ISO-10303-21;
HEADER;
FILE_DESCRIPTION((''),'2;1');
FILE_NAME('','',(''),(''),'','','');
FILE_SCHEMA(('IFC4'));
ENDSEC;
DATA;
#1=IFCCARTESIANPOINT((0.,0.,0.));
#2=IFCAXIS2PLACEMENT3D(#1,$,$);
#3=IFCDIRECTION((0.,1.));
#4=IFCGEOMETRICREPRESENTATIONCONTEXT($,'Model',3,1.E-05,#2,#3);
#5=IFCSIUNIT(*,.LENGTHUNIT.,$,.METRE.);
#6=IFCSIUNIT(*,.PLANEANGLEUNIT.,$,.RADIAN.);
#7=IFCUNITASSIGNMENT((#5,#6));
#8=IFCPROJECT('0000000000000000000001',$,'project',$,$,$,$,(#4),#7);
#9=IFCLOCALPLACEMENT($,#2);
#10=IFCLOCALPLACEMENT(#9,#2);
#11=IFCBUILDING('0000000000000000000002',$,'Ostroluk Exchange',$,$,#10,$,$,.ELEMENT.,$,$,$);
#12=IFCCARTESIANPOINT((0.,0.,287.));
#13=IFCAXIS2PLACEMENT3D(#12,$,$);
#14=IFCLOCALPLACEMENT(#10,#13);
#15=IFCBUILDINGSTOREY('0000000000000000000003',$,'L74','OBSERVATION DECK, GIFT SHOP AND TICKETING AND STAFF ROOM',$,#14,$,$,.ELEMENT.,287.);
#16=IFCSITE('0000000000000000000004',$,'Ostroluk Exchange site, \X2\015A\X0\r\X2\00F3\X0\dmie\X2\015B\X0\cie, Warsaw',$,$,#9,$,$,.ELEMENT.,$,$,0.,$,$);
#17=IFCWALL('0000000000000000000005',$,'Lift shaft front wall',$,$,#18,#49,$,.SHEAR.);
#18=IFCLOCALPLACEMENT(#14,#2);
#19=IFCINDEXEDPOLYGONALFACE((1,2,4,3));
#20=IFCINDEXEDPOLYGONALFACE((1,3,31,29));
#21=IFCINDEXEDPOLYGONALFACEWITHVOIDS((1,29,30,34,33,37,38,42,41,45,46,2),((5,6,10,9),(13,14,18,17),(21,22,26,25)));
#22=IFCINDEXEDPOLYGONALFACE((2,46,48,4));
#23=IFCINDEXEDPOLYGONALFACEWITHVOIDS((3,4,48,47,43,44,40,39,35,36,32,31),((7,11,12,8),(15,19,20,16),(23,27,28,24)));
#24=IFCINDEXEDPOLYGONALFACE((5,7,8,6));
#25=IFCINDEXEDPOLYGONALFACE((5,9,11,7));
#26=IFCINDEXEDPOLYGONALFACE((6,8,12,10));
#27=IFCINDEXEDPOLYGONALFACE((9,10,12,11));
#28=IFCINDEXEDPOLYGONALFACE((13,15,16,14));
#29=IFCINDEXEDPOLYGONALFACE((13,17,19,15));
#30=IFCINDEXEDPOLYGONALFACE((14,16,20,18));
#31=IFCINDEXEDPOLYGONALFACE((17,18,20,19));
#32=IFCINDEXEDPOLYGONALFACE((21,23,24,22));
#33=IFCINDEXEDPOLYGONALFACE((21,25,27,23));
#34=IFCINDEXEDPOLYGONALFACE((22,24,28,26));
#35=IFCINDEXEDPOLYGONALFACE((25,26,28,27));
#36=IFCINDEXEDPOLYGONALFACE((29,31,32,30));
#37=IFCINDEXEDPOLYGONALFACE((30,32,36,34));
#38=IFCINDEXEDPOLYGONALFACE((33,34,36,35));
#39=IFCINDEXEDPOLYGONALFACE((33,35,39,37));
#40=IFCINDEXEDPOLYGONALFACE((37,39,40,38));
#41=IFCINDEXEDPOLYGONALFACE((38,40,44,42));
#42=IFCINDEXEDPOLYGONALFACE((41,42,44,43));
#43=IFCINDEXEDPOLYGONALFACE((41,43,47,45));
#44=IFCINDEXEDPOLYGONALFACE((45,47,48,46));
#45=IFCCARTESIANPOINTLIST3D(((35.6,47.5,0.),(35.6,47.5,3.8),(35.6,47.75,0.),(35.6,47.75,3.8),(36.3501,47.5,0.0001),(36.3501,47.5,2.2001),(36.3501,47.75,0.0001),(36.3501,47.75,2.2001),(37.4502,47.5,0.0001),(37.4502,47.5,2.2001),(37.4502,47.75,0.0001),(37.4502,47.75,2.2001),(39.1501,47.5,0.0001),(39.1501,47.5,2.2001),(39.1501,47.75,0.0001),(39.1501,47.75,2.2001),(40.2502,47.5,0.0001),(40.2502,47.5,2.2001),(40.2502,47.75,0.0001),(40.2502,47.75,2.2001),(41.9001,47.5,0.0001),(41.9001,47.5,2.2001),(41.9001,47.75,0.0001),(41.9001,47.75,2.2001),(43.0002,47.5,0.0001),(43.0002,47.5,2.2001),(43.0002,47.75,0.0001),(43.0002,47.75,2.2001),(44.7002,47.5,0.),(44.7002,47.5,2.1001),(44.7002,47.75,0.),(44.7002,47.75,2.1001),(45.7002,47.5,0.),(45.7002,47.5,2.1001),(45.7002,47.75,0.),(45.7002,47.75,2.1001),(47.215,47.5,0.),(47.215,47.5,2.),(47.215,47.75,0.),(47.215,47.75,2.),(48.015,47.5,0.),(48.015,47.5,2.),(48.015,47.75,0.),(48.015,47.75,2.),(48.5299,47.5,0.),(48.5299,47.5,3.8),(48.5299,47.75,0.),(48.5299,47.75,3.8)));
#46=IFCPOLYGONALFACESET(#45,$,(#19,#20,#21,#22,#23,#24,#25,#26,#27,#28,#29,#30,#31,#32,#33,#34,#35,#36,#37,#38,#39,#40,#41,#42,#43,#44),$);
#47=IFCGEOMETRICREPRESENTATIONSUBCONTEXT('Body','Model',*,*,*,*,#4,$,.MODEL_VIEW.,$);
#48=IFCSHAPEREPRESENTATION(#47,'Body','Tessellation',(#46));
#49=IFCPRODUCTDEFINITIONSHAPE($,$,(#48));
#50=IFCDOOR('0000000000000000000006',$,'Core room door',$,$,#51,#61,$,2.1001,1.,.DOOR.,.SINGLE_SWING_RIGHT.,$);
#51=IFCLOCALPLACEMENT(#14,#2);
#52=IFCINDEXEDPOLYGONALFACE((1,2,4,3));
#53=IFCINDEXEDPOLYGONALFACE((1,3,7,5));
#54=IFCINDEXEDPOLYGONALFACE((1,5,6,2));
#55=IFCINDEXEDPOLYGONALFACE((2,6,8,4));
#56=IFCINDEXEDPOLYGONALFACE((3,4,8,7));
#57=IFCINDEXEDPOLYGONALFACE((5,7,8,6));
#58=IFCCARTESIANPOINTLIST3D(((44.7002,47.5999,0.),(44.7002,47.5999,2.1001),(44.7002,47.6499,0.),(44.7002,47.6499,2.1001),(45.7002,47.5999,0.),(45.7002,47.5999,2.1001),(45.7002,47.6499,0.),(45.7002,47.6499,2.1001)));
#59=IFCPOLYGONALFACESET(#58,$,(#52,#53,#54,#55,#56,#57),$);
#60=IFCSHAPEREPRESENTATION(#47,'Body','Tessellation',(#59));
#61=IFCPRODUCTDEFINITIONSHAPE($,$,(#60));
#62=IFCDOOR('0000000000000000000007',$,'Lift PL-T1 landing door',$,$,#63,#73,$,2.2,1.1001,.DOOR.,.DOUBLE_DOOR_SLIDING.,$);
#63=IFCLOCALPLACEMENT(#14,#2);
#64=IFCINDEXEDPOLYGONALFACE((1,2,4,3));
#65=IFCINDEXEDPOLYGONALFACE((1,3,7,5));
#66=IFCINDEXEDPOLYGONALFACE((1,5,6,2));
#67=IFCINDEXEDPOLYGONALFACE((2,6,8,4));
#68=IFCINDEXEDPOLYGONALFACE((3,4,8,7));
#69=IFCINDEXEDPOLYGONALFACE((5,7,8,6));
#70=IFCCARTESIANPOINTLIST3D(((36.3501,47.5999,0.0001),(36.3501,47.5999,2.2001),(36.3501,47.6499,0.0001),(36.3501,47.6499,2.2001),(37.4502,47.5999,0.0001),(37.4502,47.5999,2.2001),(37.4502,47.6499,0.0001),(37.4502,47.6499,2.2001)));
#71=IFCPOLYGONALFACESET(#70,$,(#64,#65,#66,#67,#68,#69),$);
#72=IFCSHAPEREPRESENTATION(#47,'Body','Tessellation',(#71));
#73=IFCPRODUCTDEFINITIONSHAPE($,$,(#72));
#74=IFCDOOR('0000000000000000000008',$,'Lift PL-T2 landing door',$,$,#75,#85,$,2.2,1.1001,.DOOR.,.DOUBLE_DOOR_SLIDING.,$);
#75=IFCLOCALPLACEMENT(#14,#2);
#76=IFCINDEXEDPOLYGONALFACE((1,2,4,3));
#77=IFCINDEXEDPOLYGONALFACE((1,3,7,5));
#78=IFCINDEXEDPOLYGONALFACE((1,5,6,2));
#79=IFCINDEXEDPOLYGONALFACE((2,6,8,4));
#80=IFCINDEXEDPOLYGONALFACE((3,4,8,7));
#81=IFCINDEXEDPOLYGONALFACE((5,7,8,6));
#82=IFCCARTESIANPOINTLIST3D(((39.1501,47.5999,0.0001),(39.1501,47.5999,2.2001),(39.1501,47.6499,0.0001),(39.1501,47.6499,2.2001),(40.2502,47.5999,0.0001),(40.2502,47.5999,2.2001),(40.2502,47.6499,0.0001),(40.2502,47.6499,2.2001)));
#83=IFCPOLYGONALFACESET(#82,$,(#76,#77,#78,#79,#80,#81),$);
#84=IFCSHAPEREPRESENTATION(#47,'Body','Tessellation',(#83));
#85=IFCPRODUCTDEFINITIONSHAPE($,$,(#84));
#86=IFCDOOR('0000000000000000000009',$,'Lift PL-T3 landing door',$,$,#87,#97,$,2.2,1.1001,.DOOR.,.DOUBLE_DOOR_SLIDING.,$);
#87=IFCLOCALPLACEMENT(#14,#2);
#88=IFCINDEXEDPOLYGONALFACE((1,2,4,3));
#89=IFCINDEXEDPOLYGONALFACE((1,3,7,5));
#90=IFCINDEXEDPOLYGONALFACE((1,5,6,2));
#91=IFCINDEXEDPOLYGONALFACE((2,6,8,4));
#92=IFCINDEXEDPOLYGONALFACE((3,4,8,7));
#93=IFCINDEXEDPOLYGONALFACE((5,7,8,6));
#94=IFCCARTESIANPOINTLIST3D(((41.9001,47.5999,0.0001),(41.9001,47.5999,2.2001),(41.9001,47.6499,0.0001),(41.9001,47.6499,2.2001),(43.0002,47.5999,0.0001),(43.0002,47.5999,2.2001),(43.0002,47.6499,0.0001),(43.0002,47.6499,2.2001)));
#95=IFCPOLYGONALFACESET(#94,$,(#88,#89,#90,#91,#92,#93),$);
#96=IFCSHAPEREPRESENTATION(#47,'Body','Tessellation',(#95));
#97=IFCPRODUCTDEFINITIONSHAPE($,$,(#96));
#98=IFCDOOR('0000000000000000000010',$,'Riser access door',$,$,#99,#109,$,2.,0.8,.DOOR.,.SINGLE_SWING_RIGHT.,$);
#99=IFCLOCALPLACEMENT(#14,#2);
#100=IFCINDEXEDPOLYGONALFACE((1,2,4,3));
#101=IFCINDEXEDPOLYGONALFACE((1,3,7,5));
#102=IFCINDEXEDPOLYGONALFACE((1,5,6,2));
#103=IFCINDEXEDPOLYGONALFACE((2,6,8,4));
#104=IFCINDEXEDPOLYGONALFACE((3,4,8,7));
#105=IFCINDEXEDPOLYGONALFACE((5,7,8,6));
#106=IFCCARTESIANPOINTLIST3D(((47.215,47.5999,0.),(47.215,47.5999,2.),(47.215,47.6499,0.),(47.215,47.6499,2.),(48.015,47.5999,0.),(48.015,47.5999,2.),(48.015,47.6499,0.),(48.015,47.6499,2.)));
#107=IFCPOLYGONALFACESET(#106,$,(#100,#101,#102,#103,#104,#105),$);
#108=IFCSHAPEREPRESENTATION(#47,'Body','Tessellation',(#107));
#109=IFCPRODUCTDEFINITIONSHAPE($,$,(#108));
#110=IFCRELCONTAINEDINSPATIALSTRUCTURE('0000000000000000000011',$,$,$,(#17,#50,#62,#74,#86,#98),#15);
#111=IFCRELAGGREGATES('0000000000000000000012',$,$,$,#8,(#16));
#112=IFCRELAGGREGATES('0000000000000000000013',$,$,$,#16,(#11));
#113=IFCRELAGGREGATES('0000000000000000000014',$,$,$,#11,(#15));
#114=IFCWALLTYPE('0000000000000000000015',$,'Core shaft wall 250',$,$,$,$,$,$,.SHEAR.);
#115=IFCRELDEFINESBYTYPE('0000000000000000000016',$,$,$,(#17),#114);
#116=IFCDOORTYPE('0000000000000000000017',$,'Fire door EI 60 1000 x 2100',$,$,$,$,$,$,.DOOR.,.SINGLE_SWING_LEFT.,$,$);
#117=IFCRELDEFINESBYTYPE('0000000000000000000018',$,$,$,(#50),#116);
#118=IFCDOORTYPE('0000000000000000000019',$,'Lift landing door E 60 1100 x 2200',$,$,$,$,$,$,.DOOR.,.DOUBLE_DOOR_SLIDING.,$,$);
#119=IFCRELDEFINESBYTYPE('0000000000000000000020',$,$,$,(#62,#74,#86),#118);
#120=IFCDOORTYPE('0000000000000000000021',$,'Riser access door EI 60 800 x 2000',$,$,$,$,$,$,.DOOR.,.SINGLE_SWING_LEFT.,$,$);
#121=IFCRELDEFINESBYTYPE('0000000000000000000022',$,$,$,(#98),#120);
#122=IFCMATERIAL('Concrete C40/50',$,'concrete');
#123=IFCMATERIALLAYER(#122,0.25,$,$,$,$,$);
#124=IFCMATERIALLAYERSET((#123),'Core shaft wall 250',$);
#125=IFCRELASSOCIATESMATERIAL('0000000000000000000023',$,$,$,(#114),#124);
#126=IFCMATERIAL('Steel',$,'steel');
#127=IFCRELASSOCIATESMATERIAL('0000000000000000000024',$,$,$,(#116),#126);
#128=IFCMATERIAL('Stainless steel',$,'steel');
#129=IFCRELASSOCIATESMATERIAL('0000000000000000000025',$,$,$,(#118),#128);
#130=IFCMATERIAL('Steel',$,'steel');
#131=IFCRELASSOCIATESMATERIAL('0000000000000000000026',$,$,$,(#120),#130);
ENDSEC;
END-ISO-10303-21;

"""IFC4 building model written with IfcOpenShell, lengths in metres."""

from ifc_helpers import new_model, si_unit, direction, frame, frame_2d, origin, place, context, subcontext, project, spatial, rectangle, extrude, material, layer, layer_set, type_object, element, fill, save


model = new_model("IFC4")

# Units and contexts
model_context = context("Model", 3, precision=1e-05, world=origin(), true_north=direction((0.0, 1.0)))
body_context = subcontext(model_context, "Body", "Model", "MODEL_VIEW")
ifc_project = project(units=[si_unit("LENGTHUNIT", "METRE"), si_unit("PLANEANGLEUNIT", "RADIAN")], contexts=[model_context])

# Site, building, storey
site_placement = place(None, origin())
site = spatial("IfcSite", under=ifc_project, at=site_placement, Name="Ostroluk Exchange site, Śródmieście, Warsaw", CompositionType="ELEMENT", RefElevation=0.0)
building_placement = place(site_placement, origin())
building = spatial("IfcBuilding", under=site, at=building_placement, Name="Ostroluk Exchange", CompositionType="ELEMENT")
storey_placement = place(building_placement, frame((0.0, 0.0, 287.0)))
storey = spatial("IfcBuildingStorey", under=building, at=storey_placement, Name="L74", Description="OBSERVATION DECK, GIFT SHOP AND TICKETING AND STAFF ROOM", CompositionType="ELEMENT", Elevation=287.0)

# Shared definitions
ifc_material_1 = material(Name="Concrete C40/50", Category="concrete")
ifc_layer = layer(ifc_material_1, 0.25)
ifc_layer_set = layer_set([ifc_layer], Name="Core shaft wall 250")
wall_type = type_object("IfcWallType", Name="Core shaft wall 250", PredefinedType="SHEAR", material=ifc_layer_set)

# Wall, openings, doors
wall_1_placement = place(storey_placement, frame((35.6001, 47.625, 0.0), z_axis=(0.0, 0.0, 1.0), x_axis=(1.0, 0.0, 0.0)))
wall_1 = element("IfcWall", 1, at=wall_1_placement, inside=storey, type_object=wall_type, Name="Lift shaft front wall", PredefinedType="SHEAR", context=body_context, shape_type="SweptSolid", body=[
    extrude(rectangle(XDim=12.9299, YDim=0.25, at=frame_2d((6.4648, 0.0))), origin(), (0.0, 0.0, 1.0), 3.8),
])
opening_1_placement = place(wall_1_placement, frame((0.75, 0.0, 0.0)))
opening_1 = element("IfcOpeningElement", 2, at=opening_1_placement, cuts=wall_1, PredefinedType="OPENING", context=body_context, shape_type="SweptSolid", body=[
    extrude(rectangle(XDim=1.1001, YDim=2.2, at=frame_2d((0.55, 1.1001))), frame((0.0, 0.135, 0.0), z_axis=(0.0, -1.0, 0.0), x_axis=(1.0, 0.0, 0.0)), (0.0, 0.0, 1.0), 0.27),
])
opening_2_placement = place(wall_1_placement, frame((3.55, 0.0, 0.0)))
opening_2 = element("IfcOpeningElement", 3, at=opening_2_placement, cuts=wall_1, PredefinedType="OPENING", context=body_context, shape_type="SweptSolid", body=[
    extrude(rectangle(XDim=1.1001, YDim=2.2, at=frame_2d((0.55, 1.1001))), frame((0.0, 0.135, 0.0), z_axis=(0.0, -1.0, 0.0), x_axis=(1.0, 0.0, 0.0)), (0.0, 0.0, 1.0), 0.27),
])
opening_3_placement = place(wall_1_placement, frame((6.3, 0.0, 0.0)))
opening_3 = element("IfcOpeningElement", 4, at=opening_3_placement, cuts=wall_1, PredefinedType="OPENING", context=body_context, shape_type="SweptSolid", body=[
    extrude(rectangle(XDim=1.1001, YDim=2.2, at=frame_2d((0.55, 1.1001))), frame((0.0, 0.135, 0.0), z_axis=(0.0, -1.0, 0.0), x_axis=(1.0, 0.0, 0.0)), (0.0, 0.0, 1.0), 0.27),
])
opening_4_placement = place(wall_1_placement, frame((9.1001, 0.0, 0.0)))
opening_4 = element("IfcOpeningElement", 5, at=opening_4_placement, cuts=wall_1, PredefinedType="OPENING", context=body_context, shape_type="SweptSolid", body=[
    extrude(rectangle(XDim=1.0, YDim=2.1001, at=frame_2d((0.5, 1.05))), frame((0.0, 0.135, 0.0), z_axis=(0.0, -1.0, 0.0), x_axis=(1.0, 0.0, 0.0)), (0.0, 0.0, 1.0), 0.27),
])
opening_5_placement = place(wall_1_placement, frame((11.615, 0.0, 0.0)))
opening_5 = element("IfcOpeningElement", 6, at=opening_5_placement, cuts=wall_1, PredefinedType="OPENING", context=body_context, shape_type="SweptSolid", body=[
    extrude(rectangle(XDim=0.8, YDim=2.0, at=frame_2d((0.3999, 1.0))), frame((0.0, 0.135, 0.0), z_axis=(0.0, -1.0, 0.0), x_axis=(1.0, 0.0, 0.0)), (0.0, 0.0, 1.0), 0.27),
])
ifc_material_2 = material(Name="Steel", Category="steel")
door_type_1 = type_object("IfcDoorType", Name="Fire door EI 60 1000 x 2100", OperationType="SINGLE_SWING_LEFT", PredefinedType="DOOR", material=ifc_material_2)
door_1_placement = place(opening_4_placement, origin())
door_1 = element("IfcDoor", 7, at=door_1_placement, inside=storey, type_object=door_type_1, Name="Core room door", OperationType="SINGLE_SWING_RIGHT", OverallHeight=2.1001, OverallWidth=1.0, PredefinedType="DOOR", context=body_context, shape_type="SweptSolid", body=[
    extrude(rectangle(XDim=1.0, YDim=2.1001, at=frame_2d((0.5, 1.05))), frame((0.0, 0.0249, 0.0), z_axis=(0.0, -1.0, 0.0), x_axis=(1.0, 0.0, 0.0)), (0.0, 0.0, 1.0), 0.05),
])
fill(opening_4, door_1)
ifc_material_3 = material(Name="Stainless steel", Category="steel")
door_type_2 = type_object("IfcDoorType", Name="Lift landing door E 60 1100 x 2200", OperationType="DOUBLE_DOOR_SLIDING", PredefinedType="DOOR", material=ifc_material_3)
door_2_placement = place(opening_1_placement, origin())
door_2 = element("IfcDoor", 8, at=door_2_placement, inside=storey, type_object=door_type_2, Name="Lift PL-T1 landing door", OperationType="DOUBLE_DOOR_SLIDING", OverallHeight=2.2, OverallWidth=1.1001, PredefinedType="DOOR", context=body_context, shape_type="SweptSolid", body=[
    extrude(rectangle(XDim=1.1001, YDim=2.2, at=frame_2d((0.55, 1.1001))), frame((0.0, 0.0249, 0.0), z_axis=(0.0, -1.0, 0.0), x_axis=(1.0, 0.0, 0.0)), (0.0, 0.0, 1.0), 0.05),
])
fill(opening_1, door_2)
door_3_placement = place(opening_2_placement, origin())
door_3 = element("IfcDoor", 9, at=door_3_placement, inside=storey, type_object=door_type_2, Name="Lift PL-T2 landing door", OperationType="DOUBLE_DOOR_SLIDING", OverallHeight=2.2, OverallWidth=1.1001, PredefinedType="DOOR", context=body_context, shape_type="SweptSolid", body=[
    extrude(rectangle(XDim=1.1001, YDim=2.2, at=frame_2d((0.55, 1.1001))), frame((0.0, 0.0249, 0.0), z_axis=(0.0, -1.0, 0.0), x_axis=(1.0, 0.0, 0.0)), (0.0, 0.0, 1.0), 0.05),
])
fill(opening_2, door_3)
door_4_placement = place(opening_3_placement, origin())
door_4 = element("IfcDoor", 10, at=door_4_placement, inside=storey, type_object=door_type_2, Name="Lift PL-T3 landing door", OperationType="DOUBLE_DOOR_SLIDING", OverallHeight=2.2, OverallWidth=1.1001, PredefinedType="DOOR", context=body_context, shape_type="SweptSolid", body=[
    extrude(rectangle(XDim=1.1001, YDim=2.2, at=frame_2d((0.55, 1.1001))), frame((0.0, 0.0249, 0.0), z_axis=(0.0, -1.0, 0.0), x_axis=(1.0, 0.0, 0.0)), (0.0, 0.0, 1.0), 0.05),
])
fill(opening_3, door_4)
ifc_material_4 = material(Name="Steel", Category="steel")
door_type_3 = type_object("IfcDoorType", Name="Riser access door EI 60 800 x 2000", OperationType="SINGLE_SWING_LEFT", PredefinedType="DOOR", material=ifc_material_4)
door_5_placement = place(opening_5_placement, origin())
door_5 = element("IfcDoor", 11, at=door_5_placement, inside=storey, type_object=door_type_3, Name="Riser access door", OperationType="SINGLE_SWING_RIGHT", OverallHeight=2.0, OverallWidth=0.8, PredefinedType="DOOR", context=body_context, shape_type="SweptSolid", body=[
    extrude(rectangle(XDim=0.8, YDim=2.0, at=frame_2d((0.3999, 1.0))), frame((0.0, 0.0249, 0.0), z_axis=(0.0, -1.0, 0.0), x_axis=(1.0, 0.0, 0.0)), (0.0, 0.0, 1.0), 0.05),
])
fill(opening_5, door_5)

save(model, "model.ifc")
